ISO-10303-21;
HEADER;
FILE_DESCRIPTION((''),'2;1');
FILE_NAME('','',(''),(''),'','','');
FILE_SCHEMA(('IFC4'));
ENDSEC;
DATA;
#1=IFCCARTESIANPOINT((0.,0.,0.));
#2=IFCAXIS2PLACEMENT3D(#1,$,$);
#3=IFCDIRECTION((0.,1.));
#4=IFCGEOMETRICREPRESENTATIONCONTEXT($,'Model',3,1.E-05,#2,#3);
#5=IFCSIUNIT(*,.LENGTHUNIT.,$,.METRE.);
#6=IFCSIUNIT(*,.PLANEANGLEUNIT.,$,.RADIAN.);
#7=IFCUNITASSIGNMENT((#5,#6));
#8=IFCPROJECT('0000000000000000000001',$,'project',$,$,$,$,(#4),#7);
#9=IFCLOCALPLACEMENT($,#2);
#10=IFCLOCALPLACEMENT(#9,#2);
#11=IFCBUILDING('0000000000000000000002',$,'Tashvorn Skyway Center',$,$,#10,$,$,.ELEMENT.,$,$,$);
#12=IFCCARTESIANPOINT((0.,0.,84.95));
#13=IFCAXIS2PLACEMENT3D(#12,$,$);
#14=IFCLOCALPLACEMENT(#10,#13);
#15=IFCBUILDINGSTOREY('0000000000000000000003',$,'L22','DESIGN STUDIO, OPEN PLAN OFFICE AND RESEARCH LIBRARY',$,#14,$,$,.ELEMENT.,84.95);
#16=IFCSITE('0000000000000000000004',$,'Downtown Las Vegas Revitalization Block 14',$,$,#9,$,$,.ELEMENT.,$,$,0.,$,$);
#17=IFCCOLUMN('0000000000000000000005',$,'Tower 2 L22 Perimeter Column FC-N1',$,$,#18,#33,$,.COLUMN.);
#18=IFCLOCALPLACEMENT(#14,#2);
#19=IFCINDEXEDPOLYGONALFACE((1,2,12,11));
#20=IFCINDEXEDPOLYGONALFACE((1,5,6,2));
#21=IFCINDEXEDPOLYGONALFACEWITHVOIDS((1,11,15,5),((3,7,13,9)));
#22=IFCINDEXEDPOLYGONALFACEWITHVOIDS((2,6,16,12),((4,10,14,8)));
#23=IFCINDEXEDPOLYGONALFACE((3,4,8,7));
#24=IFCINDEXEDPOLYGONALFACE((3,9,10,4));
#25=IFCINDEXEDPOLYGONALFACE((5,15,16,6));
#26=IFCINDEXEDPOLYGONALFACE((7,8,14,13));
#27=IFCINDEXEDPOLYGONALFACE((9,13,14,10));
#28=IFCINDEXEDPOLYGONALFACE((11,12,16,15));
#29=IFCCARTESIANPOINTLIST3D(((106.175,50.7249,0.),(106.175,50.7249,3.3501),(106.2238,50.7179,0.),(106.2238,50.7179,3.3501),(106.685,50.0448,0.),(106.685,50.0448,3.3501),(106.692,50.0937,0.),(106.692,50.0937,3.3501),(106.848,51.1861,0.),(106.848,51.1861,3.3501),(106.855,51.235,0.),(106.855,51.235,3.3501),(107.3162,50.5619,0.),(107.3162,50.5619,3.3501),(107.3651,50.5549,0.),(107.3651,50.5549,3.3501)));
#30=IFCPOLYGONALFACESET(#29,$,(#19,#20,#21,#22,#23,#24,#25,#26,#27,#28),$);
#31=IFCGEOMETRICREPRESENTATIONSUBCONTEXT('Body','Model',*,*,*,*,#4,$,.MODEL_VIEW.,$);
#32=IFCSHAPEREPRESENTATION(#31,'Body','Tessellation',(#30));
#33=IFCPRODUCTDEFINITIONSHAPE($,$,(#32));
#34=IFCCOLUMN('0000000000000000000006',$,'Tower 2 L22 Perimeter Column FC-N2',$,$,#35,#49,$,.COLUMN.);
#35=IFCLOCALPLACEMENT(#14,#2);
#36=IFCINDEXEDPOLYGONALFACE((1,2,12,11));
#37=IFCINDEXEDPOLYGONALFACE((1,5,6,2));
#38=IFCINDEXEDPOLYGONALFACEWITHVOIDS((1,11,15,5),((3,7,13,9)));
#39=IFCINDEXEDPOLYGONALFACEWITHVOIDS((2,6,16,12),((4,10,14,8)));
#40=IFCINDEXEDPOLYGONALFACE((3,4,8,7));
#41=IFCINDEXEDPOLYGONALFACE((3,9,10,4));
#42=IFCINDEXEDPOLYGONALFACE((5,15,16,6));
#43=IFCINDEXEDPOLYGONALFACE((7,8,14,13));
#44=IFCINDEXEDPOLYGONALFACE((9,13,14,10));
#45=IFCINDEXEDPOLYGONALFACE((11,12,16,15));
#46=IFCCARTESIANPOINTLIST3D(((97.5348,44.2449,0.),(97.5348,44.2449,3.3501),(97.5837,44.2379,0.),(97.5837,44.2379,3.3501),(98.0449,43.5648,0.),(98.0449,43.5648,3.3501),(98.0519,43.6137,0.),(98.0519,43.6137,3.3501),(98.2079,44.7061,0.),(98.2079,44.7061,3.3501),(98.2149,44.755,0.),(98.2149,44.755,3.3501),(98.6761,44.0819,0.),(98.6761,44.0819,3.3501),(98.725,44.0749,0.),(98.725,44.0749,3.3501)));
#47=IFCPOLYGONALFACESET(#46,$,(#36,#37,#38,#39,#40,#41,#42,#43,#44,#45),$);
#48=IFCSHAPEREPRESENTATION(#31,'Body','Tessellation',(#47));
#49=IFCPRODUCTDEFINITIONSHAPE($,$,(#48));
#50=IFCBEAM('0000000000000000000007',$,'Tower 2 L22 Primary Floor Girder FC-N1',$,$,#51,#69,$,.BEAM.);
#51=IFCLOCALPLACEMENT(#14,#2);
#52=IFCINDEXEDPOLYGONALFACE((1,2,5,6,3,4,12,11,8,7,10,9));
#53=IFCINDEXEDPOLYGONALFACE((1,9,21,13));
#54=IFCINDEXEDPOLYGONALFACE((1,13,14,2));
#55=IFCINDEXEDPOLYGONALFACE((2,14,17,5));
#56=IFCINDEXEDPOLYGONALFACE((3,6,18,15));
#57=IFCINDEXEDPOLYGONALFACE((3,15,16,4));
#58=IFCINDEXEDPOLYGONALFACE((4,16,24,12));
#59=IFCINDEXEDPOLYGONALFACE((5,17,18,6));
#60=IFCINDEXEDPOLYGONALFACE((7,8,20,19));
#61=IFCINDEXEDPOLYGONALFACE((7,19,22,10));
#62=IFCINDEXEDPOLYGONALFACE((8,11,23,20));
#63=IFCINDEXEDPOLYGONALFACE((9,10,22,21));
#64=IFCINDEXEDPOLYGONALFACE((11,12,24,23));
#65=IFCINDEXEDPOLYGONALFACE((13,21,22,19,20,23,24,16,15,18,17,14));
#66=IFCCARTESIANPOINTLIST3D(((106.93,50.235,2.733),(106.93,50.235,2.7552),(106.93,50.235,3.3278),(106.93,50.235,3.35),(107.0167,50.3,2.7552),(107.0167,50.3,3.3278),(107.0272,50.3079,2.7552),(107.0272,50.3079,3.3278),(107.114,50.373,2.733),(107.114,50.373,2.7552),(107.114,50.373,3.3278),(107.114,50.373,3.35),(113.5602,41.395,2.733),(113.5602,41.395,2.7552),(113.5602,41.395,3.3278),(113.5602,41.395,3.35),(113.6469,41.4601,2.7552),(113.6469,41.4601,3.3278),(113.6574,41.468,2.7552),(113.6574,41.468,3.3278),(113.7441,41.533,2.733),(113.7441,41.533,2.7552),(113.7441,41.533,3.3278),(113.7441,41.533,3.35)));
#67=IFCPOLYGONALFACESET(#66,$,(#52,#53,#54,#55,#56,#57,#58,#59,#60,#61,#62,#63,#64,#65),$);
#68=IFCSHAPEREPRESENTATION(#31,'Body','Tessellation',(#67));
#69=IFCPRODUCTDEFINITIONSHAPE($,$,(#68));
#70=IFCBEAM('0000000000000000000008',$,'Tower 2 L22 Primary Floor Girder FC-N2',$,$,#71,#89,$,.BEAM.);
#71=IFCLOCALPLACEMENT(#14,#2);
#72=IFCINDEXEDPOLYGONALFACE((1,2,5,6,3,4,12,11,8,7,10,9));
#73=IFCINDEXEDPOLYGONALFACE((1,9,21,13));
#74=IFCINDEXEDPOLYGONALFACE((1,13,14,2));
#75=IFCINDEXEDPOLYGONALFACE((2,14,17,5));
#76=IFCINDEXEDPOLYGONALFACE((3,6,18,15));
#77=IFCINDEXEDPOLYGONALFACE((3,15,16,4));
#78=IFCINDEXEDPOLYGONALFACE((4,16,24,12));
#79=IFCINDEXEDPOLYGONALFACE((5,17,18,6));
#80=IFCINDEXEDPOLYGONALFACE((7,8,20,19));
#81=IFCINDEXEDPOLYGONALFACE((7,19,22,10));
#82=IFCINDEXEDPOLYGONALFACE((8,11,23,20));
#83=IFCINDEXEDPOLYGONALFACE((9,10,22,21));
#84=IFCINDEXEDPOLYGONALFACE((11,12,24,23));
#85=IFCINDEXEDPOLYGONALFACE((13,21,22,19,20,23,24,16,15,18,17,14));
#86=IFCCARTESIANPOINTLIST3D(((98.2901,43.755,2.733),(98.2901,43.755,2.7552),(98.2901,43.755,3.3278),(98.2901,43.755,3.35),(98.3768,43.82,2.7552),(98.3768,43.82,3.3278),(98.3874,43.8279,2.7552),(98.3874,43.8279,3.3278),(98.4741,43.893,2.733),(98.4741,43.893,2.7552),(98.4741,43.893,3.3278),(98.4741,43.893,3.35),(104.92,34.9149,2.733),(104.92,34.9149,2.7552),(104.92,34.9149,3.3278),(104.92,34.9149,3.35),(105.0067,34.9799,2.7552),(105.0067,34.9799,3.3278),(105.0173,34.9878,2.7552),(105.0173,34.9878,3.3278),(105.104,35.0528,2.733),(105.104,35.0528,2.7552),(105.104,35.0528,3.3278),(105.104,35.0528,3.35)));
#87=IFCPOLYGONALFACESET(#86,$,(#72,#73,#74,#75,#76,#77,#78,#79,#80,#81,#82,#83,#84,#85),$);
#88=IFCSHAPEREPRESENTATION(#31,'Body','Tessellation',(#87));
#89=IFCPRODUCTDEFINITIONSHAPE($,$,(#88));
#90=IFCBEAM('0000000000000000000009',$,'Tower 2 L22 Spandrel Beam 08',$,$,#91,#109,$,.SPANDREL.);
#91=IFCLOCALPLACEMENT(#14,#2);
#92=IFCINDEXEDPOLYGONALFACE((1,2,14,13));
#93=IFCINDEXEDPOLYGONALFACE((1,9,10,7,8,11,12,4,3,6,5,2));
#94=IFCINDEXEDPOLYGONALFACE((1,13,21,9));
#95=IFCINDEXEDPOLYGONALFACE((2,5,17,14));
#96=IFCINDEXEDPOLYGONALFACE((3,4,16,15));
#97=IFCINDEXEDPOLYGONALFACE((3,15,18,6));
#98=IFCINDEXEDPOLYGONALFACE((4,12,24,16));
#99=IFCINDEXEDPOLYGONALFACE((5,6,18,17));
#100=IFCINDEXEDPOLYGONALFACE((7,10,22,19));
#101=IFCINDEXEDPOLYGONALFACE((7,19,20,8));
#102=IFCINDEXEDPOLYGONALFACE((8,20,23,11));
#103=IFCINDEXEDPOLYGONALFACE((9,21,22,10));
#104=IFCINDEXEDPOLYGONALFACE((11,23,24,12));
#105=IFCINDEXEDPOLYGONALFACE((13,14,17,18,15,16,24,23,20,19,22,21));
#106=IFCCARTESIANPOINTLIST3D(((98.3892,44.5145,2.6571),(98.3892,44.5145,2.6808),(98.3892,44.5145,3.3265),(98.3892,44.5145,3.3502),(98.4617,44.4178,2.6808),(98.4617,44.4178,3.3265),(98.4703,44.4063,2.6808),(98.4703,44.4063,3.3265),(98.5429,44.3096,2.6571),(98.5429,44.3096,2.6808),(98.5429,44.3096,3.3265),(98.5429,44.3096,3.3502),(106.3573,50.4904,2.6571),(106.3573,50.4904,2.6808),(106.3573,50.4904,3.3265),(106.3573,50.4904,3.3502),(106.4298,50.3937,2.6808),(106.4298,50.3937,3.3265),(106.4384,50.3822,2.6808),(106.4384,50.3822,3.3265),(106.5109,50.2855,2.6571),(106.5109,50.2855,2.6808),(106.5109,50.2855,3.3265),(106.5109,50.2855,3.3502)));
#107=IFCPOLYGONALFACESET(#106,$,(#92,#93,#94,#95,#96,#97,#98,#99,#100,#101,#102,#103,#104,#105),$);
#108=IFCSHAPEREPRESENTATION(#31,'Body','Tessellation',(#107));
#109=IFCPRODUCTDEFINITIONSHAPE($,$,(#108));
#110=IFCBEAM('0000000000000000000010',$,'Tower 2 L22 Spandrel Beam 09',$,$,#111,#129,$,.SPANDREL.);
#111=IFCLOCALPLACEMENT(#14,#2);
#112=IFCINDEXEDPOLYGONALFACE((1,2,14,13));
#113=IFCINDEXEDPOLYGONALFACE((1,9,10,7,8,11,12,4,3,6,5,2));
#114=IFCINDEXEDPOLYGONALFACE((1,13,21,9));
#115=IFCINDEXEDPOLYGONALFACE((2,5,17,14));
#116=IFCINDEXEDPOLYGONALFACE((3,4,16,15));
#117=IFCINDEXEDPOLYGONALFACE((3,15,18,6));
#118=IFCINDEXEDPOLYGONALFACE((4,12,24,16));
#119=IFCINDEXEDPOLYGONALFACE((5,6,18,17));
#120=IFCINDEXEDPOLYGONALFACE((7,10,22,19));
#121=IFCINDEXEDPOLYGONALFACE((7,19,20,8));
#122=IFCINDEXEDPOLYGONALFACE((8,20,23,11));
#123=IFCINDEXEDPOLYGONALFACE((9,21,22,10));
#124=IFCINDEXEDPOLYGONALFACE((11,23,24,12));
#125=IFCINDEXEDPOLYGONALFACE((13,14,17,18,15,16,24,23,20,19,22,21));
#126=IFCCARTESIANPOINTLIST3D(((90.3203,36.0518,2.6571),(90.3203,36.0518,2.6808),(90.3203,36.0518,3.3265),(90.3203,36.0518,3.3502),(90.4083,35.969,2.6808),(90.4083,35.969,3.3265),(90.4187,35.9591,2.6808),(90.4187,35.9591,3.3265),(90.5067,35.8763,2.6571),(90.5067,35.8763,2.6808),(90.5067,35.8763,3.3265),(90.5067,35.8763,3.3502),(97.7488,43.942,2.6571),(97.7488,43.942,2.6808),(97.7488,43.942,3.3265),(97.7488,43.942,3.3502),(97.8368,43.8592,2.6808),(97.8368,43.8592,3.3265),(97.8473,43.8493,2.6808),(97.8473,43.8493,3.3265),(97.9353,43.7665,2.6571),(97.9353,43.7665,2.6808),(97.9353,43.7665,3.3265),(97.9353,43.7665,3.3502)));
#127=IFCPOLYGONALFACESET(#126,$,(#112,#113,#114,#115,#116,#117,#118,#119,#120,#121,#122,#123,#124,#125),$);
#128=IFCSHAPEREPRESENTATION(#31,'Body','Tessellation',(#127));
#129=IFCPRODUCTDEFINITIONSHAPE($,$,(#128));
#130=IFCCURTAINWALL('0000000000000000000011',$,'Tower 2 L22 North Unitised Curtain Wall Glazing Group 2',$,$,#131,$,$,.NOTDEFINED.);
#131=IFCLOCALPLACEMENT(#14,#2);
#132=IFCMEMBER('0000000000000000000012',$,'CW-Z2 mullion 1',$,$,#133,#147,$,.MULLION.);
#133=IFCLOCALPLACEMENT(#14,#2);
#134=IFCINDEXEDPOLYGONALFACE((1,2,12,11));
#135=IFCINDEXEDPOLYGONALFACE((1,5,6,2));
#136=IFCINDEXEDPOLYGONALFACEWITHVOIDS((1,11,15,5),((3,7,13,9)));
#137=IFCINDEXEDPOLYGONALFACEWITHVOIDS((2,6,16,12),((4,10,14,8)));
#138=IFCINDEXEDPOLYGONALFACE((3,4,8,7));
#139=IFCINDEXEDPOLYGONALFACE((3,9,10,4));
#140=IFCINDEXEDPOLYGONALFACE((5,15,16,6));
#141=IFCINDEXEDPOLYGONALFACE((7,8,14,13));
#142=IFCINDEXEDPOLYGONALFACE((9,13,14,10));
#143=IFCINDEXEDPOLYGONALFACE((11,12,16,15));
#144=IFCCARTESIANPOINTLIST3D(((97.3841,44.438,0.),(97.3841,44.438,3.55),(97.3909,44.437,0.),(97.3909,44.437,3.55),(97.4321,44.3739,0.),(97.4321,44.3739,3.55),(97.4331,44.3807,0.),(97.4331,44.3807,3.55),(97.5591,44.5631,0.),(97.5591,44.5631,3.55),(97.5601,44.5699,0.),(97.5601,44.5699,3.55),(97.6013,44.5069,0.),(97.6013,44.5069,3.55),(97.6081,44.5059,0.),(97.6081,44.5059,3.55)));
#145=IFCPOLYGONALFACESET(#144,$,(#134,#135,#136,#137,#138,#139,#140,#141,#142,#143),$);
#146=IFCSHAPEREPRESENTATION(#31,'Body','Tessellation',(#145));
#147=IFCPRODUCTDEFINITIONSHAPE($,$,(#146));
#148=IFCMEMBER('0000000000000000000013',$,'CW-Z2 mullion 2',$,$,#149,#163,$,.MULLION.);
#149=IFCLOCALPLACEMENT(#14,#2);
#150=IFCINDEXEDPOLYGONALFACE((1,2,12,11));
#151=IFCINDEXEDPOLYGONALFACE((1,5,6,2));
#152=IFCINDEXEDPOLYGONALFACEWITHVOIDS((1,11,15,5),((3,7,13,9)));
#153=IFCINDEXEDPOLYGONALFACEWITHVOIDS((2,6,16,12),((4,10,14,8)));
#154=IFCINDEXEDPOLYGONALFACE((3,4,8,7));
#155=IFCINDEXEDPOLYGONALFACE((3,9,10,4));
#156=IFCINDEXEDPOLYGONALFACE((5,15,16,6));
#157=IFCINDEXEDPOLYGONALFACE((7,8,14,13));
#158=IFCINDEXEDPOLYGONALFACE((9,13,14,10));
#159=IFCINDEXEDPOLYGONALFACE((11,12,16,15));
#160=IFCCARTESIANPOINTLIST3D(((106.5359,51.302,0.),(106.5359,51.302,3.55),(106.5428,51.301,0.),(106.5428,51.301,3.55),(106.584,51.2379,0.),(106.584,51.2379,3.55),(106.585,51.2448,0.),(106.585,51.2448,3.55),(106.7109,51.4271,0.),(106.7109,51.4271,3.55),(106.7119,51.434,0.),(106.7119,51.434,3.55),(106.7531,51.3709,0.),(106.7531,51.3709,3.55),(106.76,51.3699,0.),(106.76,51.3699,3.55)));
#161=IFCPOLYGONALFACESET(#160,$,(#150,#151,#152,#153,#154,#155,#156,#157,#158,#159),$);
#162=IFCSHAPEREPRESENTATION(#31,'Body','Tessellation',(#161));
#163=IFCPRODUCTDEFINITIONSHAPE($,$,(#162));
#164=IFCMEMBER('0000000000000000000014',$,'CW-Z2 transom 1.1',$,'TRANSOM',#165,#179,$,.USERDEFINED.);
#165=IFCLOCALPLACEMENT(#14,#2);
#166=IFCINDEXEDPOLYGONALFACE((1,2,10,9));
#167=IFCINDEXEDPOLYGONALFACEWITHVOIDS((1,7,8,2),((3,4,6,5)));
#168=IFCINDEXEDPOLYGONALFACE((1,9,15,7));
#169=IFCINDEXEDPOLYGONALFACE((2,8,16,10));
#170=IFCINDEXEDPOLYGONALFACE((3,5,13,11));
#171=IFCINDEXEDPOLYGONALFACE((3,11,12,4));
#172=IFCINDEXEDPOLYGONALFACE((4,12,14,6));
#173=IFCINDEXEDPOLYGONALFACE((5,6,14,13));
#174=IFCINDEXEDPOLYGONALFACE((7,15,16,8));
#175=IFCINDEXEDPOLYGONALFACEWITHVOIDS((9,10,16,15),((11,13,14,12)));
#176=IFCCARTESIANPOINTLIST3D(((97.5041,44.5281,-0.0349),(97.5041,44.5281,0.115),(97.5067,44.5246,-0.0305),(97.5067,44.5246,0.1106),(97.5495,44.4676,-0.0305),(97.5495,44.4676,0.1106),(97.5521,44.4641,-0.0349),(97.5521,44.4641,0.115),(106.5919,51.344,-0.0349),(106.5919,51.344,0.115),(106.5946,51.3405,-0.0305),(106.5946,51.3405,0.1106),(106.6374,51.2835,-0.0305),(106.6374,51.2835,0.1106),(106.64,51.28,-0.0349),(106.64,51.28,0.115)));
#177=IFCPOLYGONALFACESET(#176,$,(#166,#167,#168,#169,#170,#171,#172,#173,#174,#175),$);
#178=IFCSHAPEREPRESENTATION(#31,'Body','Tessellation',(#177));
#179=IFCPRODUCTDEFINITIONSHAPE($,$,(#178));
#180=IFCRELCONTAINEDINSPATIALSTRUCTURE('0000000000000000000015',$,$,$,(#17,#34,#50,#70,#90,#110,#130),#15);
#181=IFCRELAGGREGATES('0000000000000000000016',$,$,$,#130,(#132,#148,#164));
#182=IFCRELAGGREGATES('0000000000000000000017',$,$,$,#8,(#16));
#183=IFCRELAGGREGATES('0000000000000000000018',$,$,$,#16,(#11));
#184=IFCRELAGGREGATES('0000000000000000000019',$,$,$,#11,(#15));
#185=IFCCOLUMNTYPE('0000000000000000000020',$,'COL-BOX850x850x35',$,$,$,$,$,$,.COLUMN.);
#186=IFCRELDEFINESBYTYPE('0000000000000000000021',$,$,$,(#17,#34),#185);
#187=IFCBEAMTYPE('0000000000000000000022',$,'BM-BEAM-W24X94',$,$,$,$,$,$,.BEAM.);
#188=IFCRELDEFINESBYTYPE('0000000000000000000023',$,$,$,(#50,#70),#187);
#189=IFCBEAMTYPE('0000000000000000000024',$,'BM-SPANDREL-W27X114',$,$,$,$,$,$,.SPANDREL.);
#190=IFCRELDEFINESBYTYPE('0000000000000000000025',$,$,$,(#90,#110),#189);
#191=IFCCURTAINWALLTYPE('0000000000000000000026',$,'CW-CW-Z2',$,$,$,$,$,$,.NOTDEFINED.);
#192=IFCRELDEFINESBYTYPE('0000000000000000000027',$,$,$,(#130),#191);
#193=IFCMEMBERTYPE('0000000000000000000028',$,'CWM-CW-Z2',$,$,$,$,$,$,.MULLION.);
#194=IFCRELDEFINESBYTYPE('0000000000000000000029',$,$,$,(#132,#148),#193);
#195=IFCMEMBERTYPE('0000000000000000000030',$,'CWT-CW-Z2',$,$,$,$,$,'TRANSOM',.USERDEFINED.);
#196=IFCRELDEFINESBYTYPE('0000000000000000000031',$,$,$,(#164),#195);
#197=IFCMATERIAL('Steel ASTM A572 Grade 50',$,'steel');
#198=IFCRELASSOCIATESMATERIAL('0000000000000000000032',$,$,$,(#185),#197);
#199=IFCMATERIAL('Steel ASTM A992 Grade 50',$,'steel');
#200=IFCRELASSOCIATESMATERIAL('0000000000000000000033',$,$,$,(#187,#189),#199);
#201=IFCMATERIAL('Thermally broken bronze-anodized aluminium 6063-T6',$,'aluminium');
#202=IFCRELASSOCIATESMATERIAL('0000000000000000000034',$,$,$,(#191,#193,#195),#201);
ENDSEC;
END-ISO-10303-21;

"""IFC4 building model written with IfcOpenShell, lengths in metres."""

from ifc_helpers import new_model, si_unit, direction, frame, origin, origin_2d, place, context, subcontext, project, spatial, hollow_rectangle, i_section, extrude, material, material_profile, profile_set, type_object, element, aggregate, save


model = new_model("IFC4")

# Units and contexts
model_context = context("Model", 3, precision=1e-05, world=origin(), true_north=direction((0.0, 1.0)))
body_context = subcontext(model_context, "Body", "Model", "MODEL_VIEW")
ifc_project = project(units=[si_unit("LENGTHUNIT", "METRE"), si_unit("PLANEANGLEUNIT", "RADIAN")], contexts=[model_context])

# Site, building, storey
site_placement = place(None, origin())
site = spatial("IfcSite", under=ifc_project, at=site_placement, Name="Downtown Las Vegas Revitalization Block 14", CompositionType="ELEMENT", RefElevation=0.0)
building_placement = place(site_placement, origin())
building = spatial("IfcBuilding", under=site, at=building_placement, Name="Tashvorn Skyway Center", CompositionType="ELEMENT")
storey_placement = place(building_placement, frame((0.0, 0.0, 84.95)))
storey = spatial("IfcBuildingStorey", under=building, at=storey_placement, Name="L22", Description="DESIGN STUDIO, OPEN PLAN OFFICE AND RESEARCH LIBRARY", CompositionType="ELEMENT", Elevation=84.95)

# Columns
ifc_material_1 = material(Name="Steel ASTM A572 Grade 50", Category="steel")
ifc_material_profile_1 = material_profile(ifc_material_1, hollow_rectangle(XDim=0.8501, YDim=0.8501, WallThickness=0.0349, at=origin_2d()), Name="BOX850x850x35")
ifc_profile_set_1 = profile_set([ifc_material_profile_1], Name="Steel ASTM A572 Grade 50")
column_type = type_object("IfcColumnType", Name="COL-BOX850x850x35", PredefinedType="COLUMN", material=ifc_profile_set_1)
for number, where, z_axis, x_axis, name in (
    (1, (106.77, 50.6399, 0.0), (0.0, 0.0, 1.0), (0.8, 0.6, 0.0), "Tower 2 L22 Perimeter Column FC-N1"),
    (2, (98.1299, 44.1599, 0.0), (0.0, 0.0, 1.0), (0.8, 0.6, 0.0), "Tower 2 L22 Perimeter Column FC-N2"),
):
    element("IfcColumn", number, at=place(storey_placement, frame(where, z_axis=z_axis, x_axis=x_axis)), inside=storey, type_object=column_type, Name=name, PredefinedType="COLUMN", context=body_context, shape_type="SweptSolid", body=[
        extrude(hollow_rectangle(XDim=0.8501, YDim=0.8501, WallThickness=0.0349, at=origin_2d()), origin(), (0.0, 0.0, 1.0), 3.3501),
    ])

# Beams
ifc_material_2 = material(Name="Steel ASTM A992 Grade 50", Category="steel")
ifc_material_profile_2 = material_profile(ifc_material_2, i_section(OverallWidth=0.23, OverallDepth=0.6169, WebThickness=0.0132, FlangeThickness=0.0222, at=origin_2d()), Name="W24X94")
ifc_profile_set_2 = profile_set([ifc_material_profile_2], Name="Steel ASTM A992 Grade 50")
beam_type_1 = type_object("IfcBeamType", Name="BM-BEAM-W24X94", PredefinedType="BEAM", material=ifc_profile_set_2)
for number, where, z_axis, x_axis, name in (
    (3, (107.022, 50.304, 3.0415), (0.600014, -0.799989, 0.0), (0.799989, 0.600014, 0.0), "Tower 2 L22 Primary Floor Girder FC-N1"),
    (4, (98.3821, 43.824, 3.0415), (0.599989, -0.800008, 0.0), (0.800008, 0.599989, 0.0), "Tower 2 L22 Primary Floor Girder FC-N2"),
):
    element("IfcBeam", number, at=place(storey_placement, frame(where, z_axis=z_axis, x_axis=x_axis)), inside=storey, type_object=beam_type_1, Name=name, PredefinedType="BEAM", context=body_context, shape_type="SweptSolid", body=[
        extrude(i_section(OverallWidth=0.23, OverallDepth=0.6169, WebThickness=0.0132, FlangeThickness=0.0222, at=origin_2d()), origin(), (0.0, 0.0, 1.0), 11.05),
    ])
ifc_material_profile_3 = material_profile(ifc_material_2, i_section(OverallWidth=0.2561, OverallDepth=0.6931, WebThickness=0.0144, FlangeThickness=0.0237, at=origin_2d()), Name="W27X114")
ifc_profile_set_3 = profile_set([ifc_material_profile_3], Name="Steel ASTM A992 Grade 50")
beam_type_2 = type_object("IfcBeamType", Name="BM-SPANDREL-W27X114", PredefinedType="SPANDREL", material=ifc_profile_set_3)
beam_1_placement = place(storey_placement, frame((106.4341, 50.3879, 3.0037), z_axis=(-0.800009, -0.599988, 0.0), x_axis=(0.599988, -0.800009, 0.0)))
element("IfcBeam", 5, at=beam_1_placement, inside=storey, type_object=beam_type_2, Name="Tower 2 L22 Spandrel Beam 08", PredefinedType="SPANDREL", context=body_context, shape_type="SweptSolid", body=[
    extrude(i_section(OverallWidth=0.2561, OverallDepth=0.6931, WebThickness=0.0144, FlangeThickness=0.0237, at=origin_2d()), origin(), (0.0, 0.0, 1.0), 9.96),
])
beam_2_placement = place(storey_placement, frame((97.842, 43.8542, 3.0037), z_axis=(-0.685485, -0.728087, 0.0), x_axis=(0.728087, -0.685485, 0.0)))
element("IfcBeam", 6, at=beam_2_placement, inside=storey, type_object=beam_type_2, Name="Tower 2 L22 Spandrel Beam 09", PredefinedType="SPANDREL", context=body_context, shape_type="SweptSolid", body=[
    extrude(i_section(OverallWidth=0.2561, OverallDepth=0.6931, WebThickness=0.0144, FlangeThickness=0.0237, at=origin_2d()), origin(), (0.0, 0.0, 1.0), 10.8369),
])

# Curtain wall, members
ifc_material_3 = material(Name="Thermally broken bronze-anodized aluminium 6063-T6", Category="aluminium")
curtain_wall_type = type_object("IfcCurtainWallType", Name="CW-CW-Z2", PredefinedType="NOTDEFINED", material=ifc_material_3)
curtain_wall_placement = place(storey_placement, origin())
curtain_wall = element("IfcCurtainWall", 7, at=curtain_wall_placement, inside=storey, type_object=curtain_wall_type, Name="Tower 2 L22 North Unitised Curtain Wall Glazing Group 2", PredefinedType="NOTDEFINED")
ifc_material_profile_4 = material_profile(ifc_material_3, hollow_rectangle(XDim=0.0801, YDim=0.22, WallThickness=0.0049, at=origin_2d()), Name="ALU-MULL-80x220")
ifc_profile_set_4 = profile_set([ifc_material_profile_4], Name="Thermally broken bronze-anodized aluminium 6063-T6")
member_type_1 = type_object("IfcMemberType", Name="CWM-CW-Z2", PredefinedType="MULLION", material=ifc_profile_set_4)
member_1_placement = place(storey_placement, frame((97.4961, 44.4719, 0.0), z_axis=(0.0, 0.0, 1.0), x_axis=(-0.6, 0.8, 0.0)))
member_1 = element("IfcMember", 8, at=member_1_placement, type_object=member_type_1, Name="CW-Z2 mullion 1", PredefinedType="MULLION", context=body_context, shape_type="SweptSolid", body=[
    extrude(hollow_rectangle(XDim=0.0801, YDim=0.22, WallThickness=0.0049, at=origin_2d()), origin(), (0.0, 0.0, 1.0), 3.55),
])
member_2_placement = place(storey_placement, frame((106.6479, 51.3359, 0.0), z_axis=(0.0, 0.0, 1.0), x_axis=(-0.6, 0.8, 0.0)))
member_2 = element("IfcMember", 9, at=member_2_placement, type_object=member_type_1, Name="CW-Z2 mullion 2", PredefinedType="MULLION", context=body_context, shape_type="SweptSolid", body=[
    extrude(hollow_rectangle(XDim=0.0801, YDim=0.22, WallThickness=0.0049, at=origin_2d()), origin(), (0.0, 0.0, 1.0), 3.55),
])
ifc_material_profile_5 = material_profile(ifc_material_3, hollow_rectangle(XDim=0.0801, YDim=0.1499, WallThickness=0.0044, at=origin_2d()), Name="ALU-TRAN-80x150")
ifc_profile_set_5 = profile_set([ifc_material_profile_5], Name="Thermally broken bronze-anodized aluminium 6063-T6")
member_type_2 = type_object("IfcMemberType", Name="CWT-CW-Z2", ElementType="TRANSOM", PredefinedType="USERDEFINED", material=ifc_profile_set_5)
member_3_placement = place(storey_placement, frame((97.5281, 44.4961, 0.04), z_axis=(0.8, 0.6, 0.0), x_axis=(-0.6, 0.8, 0.0)))
member_3 = element("IfcMember", 10, at=member_3_placement, type_object=member_type_2, Name="CW-Z2 transom 1.1", ObjectType="TRANSOM", PredefinedType="USERDEFINED", context=body_context, shape_type="SweptSolid", body=[
    extrude(hollow_rectangle(XDim=0.0801, YDim=0.1499, WallThickness=0.0044, at=origin_2d()), origin(), (0.0, 0.0, 1.0), 11.3599),
])
aggregate(curtain_wall, [member_1, member_2, member_3])

save(model, "model.ifc")
